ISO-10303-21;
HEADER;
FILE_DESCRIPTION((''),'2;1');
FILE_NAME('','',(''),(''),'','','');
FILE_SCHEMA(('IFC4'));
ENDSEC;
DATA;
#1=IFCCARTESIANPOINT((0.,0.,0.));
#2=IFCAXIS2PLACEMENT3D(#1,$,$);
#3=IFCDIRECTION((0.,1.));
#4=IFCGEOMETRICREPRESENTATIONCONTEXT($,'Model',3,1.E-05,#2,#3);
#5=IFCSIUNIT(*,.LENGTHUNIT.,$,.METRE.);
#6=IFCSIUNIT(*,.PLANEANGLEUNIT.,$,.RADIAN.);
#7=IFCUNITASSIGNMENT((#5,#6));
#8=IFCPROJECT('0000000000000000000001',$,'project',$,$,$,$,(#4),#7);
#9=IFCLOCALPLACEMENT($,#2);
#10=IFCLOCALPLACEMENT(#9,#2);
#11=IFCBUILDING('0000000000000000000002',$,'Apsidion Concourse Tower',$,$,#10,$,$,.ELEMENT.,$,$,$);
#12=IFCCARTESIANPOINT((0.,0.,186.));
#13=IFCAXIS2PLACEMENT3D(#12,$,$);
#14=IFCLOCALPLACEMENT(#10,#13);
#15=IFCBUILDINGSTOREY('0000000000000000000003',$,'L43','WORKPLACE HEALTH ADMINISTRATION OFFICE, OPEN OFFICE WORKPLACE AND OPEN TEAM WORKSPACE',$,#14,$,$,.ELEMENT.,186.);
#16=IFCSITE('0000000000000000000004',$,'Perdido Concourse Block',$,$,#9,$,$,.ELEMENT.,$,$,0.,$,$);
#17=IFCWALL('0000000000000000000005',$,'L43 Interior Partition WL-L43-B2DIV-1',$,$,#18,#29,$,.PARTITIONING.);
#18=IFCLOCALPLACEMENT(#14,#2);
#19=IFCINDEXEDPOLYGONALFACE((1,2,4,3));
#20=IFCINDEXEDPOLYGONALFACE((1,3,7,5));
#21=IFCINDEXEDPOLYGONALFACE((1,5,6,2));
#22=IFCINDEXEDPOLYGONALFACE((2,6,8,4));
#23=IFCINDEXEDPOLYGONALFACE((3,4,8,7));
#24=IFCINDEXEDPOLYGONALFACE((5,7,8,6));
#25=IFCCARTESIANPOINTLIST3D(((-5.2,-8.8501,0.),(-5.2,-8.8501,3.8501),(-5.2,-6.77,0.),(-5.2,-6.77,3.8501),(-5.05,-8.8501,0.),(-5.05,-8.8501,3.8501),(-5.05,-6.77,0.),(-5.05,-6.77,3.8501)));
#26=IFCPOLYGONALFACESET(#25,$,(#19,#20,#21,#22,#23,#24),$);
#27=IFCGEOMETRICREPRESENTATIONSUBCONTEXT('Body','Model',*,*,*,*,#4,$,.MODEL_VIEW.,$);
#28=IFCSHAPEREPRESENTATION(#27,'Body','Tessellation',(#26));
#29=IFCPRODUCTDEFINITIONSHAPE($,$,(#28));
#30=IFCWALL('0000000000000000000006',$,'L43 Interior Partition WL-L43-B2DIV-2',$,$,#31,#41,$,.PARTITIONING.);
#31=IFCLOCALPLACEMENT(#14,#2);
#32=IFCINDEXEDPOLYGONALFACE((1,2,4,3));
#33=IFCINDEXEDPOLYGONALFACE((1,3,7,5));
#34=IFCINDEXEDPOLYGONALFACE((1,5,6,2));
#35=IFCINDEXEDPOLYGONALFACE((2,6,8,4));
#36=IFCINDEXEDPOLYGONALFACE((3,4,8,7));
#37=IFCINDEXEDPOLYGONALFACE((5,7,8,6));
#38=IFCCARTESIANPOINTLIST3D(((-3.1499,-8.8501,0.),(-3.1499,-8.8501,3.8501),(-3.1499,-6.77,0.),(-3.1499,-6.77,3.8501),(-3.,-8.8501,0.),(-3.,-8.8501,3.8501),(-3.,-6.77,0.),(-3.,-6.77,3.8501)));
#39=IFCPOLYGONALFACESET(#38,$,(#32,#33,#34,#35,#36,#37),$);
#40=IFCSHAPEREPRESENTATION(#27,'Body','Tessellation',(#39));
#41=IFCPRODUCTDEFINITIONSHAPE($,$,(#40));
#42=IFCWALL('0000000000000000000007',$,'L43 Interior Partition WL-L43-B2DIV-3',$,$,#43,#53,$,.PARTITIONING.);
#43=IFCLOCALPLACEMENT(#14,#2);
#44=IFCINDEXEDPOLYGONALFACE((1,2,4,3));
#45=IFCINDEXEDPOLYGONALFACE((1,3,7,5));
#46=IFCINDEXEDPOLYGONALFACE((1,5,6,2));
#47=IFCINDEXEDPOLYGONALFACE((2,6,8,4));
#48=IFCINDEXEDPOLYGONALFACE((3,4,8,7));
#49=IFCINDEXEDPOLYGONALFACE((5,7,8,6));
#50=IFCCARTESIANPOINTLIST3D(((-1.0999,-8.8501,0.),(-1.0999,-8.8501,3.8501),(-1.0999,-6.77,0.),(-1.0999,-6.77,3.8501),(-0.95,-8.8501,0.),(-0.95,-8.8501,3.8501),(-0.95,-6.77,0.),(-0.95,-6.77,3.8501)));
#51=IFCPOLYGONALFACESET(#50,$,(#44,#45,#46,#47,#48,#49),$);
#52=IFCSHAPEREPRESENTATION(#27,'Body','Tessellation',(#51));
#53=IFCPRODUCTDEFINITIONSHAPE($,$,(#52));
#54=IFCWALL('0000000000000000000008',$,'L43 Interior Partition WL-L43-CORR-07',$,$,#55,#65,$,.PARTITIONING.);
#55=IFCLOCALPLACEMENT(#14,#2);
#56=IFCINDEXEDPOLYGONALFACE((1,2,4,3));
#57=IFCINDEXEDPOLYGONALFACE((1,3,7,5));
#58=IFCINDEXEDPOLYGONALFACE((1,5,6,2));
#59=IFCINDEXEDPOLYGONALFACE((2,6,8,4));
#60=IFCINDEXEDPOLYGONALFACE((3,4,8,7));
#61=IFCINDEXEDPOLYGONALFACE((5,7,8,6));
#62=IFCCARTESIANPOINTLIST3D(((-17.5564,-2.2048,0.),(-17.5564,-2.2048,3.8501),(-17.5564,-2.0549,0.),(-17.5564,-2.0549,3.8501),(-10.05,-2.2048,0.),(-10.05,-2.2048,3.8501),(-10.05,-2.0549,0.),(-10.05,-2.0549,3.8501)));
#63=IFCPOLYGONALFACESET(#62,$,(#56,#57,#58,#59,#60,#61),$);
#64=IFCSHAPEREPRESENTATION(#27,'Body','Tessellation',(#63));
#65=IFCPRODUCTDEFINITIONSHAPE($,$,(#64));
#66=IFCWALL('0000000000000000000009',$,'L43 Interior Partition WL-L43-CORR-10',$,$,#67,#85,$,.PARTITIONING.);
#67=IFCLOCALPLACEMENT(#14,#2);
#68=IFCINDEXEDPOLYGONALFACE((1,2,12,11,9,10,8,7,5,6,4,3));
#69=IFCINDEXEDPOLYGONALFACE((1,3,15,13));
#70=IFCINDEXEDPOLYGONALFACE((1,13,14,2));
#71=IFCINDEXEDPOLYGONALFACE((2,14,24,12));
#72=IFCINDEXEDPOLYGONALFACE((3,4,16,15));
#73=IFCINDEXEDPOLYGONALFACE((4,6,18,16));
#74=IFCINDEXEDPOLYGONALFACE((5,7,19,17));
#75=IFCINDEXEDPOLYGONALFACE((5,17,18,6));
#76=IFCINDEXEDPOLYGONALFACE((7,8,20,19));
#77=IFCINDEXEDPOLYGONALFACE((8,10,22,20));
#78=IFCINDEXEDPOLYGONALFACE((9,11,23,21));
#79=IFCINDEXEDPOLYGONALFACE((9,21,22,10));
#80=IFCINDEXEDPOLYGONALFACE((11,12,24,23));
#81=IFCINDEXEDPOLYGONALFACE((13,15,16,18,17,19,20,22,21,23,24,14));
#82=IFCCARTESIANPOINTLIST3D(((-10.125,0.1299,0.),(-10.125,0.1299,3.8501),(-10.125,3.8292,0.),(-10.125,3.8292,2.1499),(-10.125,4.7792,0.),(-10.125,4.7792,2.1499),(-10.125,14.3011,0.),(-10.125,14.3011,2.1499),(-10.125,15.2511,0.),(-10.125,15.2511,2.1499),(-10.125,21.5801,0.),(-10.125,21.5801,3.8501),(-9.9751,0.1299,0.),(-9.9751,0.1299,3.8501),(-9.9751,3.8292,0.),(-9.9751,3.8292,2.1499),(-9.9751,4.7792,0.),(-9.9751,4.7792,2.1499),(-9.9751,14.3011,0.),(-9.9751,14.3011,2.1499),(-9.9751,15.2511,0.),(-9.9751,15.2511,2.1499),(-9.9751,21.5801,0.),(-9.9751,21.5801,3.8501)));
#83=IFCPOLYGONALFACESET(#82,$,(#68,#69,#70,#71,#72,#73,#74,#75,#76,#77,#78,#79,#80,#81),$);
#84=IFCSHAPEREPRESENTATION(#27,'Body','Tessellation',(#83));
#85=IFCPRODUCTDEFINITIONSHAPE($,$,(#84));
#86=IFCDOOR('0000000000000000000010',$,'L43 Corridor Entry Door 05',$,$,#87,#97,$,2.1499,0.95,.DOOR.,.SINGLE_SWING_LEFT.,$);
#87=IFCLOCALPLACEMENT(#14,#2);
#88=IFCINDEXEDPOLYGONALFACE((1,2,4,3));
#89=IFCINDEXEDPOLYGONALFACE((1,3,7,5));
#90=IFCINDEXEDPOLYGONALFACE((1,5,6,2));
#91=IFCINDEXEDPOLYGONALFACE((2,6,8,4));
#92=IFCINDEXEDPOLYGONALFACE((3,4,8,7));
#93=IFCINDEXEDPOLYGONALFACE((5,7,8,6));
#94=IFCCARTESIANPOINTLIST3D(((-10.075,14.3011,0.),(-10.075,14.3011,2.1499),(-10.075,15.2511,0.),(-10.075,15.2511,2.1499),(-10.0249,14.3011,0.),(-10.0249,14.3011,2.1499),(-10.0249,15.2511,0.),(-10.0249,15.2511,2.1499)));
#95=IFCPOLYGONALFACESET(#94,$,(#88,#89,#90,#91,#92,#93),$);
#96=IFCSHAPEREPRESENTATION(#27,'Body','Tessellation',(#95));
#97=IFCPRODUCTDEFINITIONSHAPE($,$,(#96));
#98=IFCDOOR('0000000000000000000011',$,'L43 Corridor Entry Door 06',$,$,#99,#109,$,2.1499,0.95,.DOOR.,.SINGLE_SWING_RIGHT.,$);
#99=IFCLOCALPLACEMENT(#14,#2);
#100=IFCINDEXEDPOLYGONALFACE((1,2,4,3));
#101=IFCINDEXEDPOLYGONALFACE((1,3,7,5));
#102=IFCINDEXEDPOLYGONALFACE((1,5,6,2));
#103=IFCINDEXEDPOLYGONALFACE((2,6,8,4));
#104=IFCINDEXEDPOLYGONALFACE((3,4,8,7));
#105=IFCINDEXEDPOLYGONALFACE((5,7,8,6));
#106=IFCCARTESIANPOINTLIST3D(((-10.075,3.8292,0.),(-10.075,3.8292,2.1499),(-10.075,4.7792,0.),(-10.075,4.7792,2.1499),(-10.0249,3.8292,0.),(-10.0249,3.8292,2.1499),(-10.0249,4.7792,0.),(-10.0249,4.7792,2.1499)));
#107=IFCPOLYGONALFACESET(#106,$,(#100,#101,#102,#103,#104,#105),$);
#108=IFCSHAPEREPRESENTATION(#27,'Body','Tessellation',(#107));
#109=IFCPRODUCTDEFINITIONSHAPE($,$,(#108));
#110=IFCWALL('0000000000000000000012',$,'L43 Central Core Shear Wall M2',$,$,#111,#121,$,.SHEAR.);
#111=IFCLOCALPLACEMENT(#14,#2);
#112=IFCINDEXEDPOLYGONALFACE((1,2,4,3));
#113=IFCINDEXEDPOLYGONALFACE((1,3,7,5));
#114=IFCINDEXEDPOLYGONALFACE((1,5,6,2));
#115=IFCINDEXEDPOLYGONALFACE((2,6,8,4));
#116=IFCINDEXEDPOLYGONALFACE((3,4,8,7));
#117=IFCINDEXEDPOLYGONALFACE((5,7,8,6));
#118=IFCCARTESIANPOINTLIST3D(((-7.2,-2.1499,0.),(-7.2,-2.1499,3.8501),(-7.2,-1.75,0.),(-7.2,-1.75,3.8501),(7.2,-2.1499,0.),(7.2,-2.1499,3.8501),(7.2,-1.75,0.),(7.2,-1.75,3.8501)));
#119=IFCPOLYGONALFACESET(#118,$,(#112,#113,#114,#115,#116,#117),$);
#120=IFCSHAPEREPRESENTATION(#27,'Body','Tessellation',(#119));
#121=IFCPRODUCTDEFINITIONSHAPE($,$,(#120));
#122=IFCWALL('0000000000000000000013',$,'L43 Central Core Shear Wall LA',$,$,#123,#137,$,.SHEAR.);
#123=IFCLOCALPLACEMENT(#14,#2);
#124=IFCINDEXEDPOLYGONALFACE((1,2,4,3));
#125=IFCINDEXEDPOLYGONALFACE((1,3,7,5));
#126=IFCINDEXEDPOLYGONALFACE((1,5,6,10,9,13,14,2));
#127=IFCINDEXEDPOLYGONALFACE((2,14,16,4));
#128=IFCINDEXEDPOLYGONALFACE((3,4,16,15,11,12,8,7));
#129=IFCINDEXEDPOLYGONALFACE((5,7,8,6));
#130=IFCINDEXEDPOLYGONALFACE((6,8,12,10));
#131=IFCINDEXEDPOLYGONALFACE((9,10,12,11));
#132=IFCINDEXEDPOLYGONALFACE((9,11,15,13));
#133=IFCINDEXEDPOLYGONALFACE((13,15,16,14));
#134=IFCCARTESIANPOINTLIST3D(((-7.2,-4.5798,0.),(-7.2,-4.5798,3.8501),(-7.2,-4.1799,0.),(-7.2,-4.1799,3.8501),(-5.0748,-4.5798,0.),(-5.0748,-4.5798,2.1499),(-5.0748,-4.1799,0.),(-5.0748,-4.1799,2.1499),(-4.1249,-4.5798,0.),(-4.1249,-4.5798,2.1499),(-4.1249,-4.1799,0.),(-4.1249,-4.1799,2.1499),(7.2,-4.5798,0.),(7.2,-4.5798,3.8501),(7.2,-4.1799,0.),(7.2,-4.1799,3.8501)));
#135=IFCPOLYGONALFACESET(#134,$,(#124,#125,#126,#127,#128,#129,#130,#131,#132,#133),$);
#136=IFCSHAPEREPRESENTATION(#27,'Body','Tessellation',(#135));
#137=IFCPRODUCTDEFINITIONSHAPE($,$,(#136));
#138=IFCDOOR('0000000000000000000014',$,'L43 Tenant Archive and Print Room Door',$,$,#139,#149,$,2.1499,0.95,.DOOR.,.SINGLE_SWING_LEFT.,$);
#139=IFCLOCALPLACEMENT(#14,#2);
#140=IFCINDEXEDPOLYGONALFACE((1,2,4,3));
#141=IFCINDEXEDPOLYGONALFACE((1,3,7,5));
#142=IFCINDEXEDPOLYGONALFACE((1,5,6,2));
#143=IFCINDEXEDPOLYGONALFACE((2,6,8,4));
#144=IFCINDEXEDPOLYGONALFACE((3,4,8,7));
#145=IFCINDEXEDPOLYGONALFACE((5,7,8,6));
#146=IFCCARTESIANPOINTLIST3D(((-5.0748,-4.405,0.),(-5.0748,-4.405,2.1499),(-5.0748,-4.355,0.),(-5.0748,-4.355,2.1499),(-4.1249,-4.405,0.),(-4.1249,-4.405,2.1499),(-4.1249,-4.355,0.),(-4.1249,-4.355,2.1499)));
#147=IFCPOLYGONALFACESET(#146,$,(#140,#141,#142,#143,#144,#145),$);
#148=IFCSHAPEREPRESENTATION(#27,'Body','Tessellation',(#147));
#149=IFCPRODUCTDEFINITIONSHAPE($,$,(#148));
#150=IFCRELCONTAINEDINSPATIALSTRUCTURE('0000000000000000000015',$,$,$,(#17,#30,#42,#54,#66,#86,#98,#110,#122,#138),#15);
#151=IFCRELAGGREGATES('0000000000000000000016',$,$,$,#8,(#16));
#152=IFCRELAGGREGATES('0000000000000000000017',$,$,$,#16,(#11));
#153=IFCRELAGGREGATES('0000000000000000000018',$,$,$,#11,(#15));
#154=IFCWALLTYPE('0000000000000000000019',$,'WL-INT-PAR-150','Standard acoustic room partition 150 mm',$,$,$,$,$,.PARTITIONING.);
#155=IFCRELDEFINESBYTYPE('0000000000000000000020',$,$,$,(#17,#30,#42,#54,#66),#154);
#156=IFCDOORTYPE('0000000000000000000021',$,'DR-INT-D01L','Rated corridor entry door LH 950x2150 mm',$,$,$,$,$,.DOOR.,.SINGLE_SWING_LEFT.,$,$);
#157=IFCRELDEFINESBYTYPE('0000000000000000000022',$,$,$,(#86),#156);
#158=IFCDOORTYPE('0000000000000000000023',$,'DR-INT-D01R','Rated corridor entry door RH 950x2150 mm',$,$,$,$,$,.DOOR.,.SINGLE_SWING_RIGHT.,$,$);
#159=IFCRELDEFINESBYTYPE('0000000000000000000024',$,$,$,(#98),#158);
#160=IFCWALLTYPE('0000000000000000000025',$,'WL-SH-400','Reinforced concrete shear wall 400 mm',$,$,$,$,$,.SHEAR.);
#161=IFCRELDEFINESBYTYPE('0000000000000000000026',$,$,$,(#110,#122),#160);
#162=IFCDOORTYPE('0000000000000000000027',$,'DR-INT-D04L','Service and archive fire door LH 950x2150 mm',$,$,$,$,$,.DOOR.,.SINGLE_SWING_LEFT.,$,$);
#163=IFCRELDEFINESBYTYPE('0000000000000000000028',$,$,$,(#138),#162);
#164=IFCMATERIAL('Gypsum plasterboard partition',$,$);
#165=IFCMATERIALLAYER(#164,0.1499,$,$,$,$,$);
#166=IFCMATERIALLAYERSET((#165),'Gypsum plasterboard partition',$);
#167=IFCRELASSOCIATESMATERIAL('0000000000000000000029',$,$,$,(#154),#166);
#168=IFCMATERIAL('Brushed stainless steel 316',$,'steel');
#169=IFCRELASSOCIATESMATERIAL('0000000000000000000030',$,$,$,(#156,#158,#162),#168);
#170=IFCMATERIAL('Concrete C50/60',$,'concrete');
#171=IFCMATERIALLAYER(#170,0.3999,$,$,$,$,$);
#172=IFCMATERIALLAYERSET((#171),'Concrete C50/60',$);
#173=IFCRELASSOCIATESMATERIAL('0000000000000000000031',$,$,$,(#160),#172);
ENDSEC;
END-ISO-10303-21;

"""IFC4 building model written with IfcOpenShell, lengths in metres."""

from ifc_helpers import new_model, si_unit, direction, frame, frame_2d, origin, place, context, subcontext, project, spatial, rectangle, extrude, material, layer, layer_set, type_object, element, fill, save


model = new_model("IFC4")

# Units and contexts
model_context = context("Model", 3, precision=1e-05, world=origin(), true_north=direction((0.0, 1.0)))
body_context = subcontext(model_context, "Body", "Model", "MODEL_VIEW")
ifc_project = project(units=[si_unit("LENGTHUNIT", "METRE"), si_unit("PLANEANGLEUNIT", "RADIAN")], contexts=[model_context])

# Site, building, storey
site_placement = place(None, origin())
site = spatial("IfcSite", under=ifc_project, at=site_placement, Name="Perdido Concourse Block", CompositionType="ELEMENT", RefElevation=0.0)
building_placement = place(site_placement, origin())
building = spatial("IfcBuilding", under=site, at=building_placement, Name="Apsidion Concourse Tower", CompositionType="ELEMENT")
storey_placement = place(building_placement, frame((0.0, 0.0, 186.0)))
storey = spatial("IfcBuildingStorey", under=building, at=storey_placement, Name="L43", Description="WORKPLACE HEALTH ADMINISTRATION OFFICE, OPEN OFFICE WORKPLACE AND OPEN TEAM WORKSPACE", CompositionType="ELEMENT", Elevation=186.0)

# Walls
ifc_material_1 = material(Name="Gypsum plasterboard partition")
ifc_layer_1 = layer(ifc_material_1, 0.1499)
ifc_layer_set_1 = layer_set([ifc_layer_1], Name="Gypsum plasterboard partition")
wall_type_1 = type_object("IfcWallType", Name="WL-INT-PAR-150", Description="Standard acoustic room partition 150 mm", PredefinedType="PARTITIONING", material=ifc_layer_set_1)
for number, where, z_axis, x_axis, name in (
    (1, (-5.125, -8.8501, 0.0), (0.0, 0.0, 1.0), (0.0, 1.0, 0.0), "L43 Interior Partition WL-L43-B2DIV-1"),
    (2, (-3.075, -8.8501, 0.0), (0.0, 0.0, 1.0), (0.0, 1.0, 0.0), "L43 Interior Partition WL-L43-B2DIV-2"),
    (3, (-1.0249, -8.8501, 0.0), (0.0, 0.0, 1.0), (0.0, 1.0, 0.0), "L43 Interior Partition WL-L43-B2DIV-3"),
):
    element("IfcWall", number, at=place(storey_placement, frame(where, z_axis=z_axis, x_axis=x_axis)), inside=storey, type_object=wall_type_1, Name=name, PredefinedType="PARTITIONING", context=body_context, shape_type="SweptSolid", body=[
        extrude(rectangle(XDim=2.0801, YDim=0.1499, at=frame_2d((1.04, 0.0))), origin(), (0.0, 0.0, 1.0), 3.8501),
    ])
wall_1_placement = place(storey_placement, frame((-10.05, -2.1299, 0.0), z_axis=(0.0, 0.0, 1.0), x_axis=(-1.0, 0.0, 0.0)))
element("IfcWall", 4, at=wall_1_placement, inside=storey, type_object=wall_type_1, Name="L43 Interior Partition WL-L43-CORR-07", PredefinedType="PARTITIONING", context=body_context, shape_type="SweptSolid", body=[
    extrude(rectangle(XDim=7.5063, YDim=0.1499, at=frame_2d((3.7532, 0.0))), origin(), (0.0, 0.0, 1.0), 3.8501),
])

# Wall, openings, doors
wall_2_placement = place(storey_placement, frame((-10.05, 0.1299, 0.0), z_axis=(0.0, 0.0, 1.0), x_axis=(0.0, 1.0, 0.0)))
wall_2 = element("IfcWall", 5, at=wall_2_placement, inside=storey, type_object=wall_type_1, Name="L43 Interior Partition WL-L43-CORR-10", PredefinedType="PARTITIONING", context=body_context, shape_type="SweptSolid", body=[
    extrude(rectangle(XDim=21.4502, YDim=0.1499, at=frame_2d((10.7251, 0.0))), origin(), (0.0, 0.0, 1.0), 3.8501),
])
opening_1_placement = place(wall_2_placement, frame((14.1711, 0.0, 0.0)))
opening_1 = element("IfcOpeningElement", 6, at=opening_1_placement, cuts=wall_2, PredefinedType="OPENING", context=body_context, shape_type="SweptSolid", body=[
    extrude(rectangle(XDim=0.95, YDim=2.1499, at=frame_2d((0.4751, 1.075))), frame((0.0, 0.085, 0.0), z_axis=(0.0, -1.0, 0.0), x_axis=(1.0, 0.0, 0.0)), (0.0, 0.0, 1.0), 0.1699),
])
opening_2_placement = place(wall_2_placement, frame((3.6992, 0.0, 0.0)))
opening_2 = element("IfcOpeningElement", 7, at=opening_2_placement, cuts=wall_2, PredefinedType="OPENING", context=body_context, shape_type="SweptSolid", body=[
    extrude(rectangle(XDim=0.95, YDim=2.1499, at=frame_2d((0.4751, 1.075))), frame((0.0, 0.085, 0.0), z_axis=(0.0, -1.0, 0.0), x_axis=(1.0, 0.0, 0.0)), (0.0, 0.0, 1.0), 0.1699),
])
ifc_material_2 = material(Name="Brushed stainless steel 316", Category="steel")
door_type_1 = type_object("IfcDoorType", Name="DR-INT-D01L", Description="Rated corridor entry door LH 950x2150 mm", OperationType="SINGLE_SWING_LEFT", PredefinedType="DOOR", material=ifc_material_2)
door_1_placement = place(opening_1_placement, origin())
door_1 = element("IfcDoor", 8, at=door_1_placement, inside=storey, type_object=door_type_1, Name="L43 Corridor Entry Door 05", OperationType="SINGLE_SWING_LEFT", OverallHeight=2.1499, OverallWidth=0.95, PredefinedType="DOOR", context=body_context, shape_type="SweptSolid", body=[
    extrude(rectangle(XDim=0.95, YDim=2.1499, at=frame_2d((0.4751, 1.075))), frame((0.0, 0.0249, 0.0), z_axis=(0.0, -1.0, 0.0), x_axis=(1.0, 0.0, 0.0)), (0.0, 0.0, 1.0), 0.05),
])
fill(opening_1, door_1)
door_type_2 = type_object("IfcDoorType", Name="DR-INT-D01R", Description="Rated corridor entry door RH 950x2150 mm", OperationType="SINGLE_SWING_RIGHT", PredefinedType="DOOR", material=ifc_material_2)
door_2_placement = place(opening_2_placement, origin())
door_2 = element("IfcDoor", 9, at=door_2_placement, inside=storey, type_object=door_type_2, Name="L43 Corridor Entry Door 06", OperationType="SINGLE_SWING_RIGHT", OverallHeight=2.1499, OverallWidth=0.95, PredefinedType="DOOR", context=body_context, shape_type="SweptSolid", body=[
    extrude(rectangle(XDim=0.95, YDim=2.1499, at=frame_2d((0.4751, 1.075))), frame((0.0, 0.0249, 0.0), z_axis=(0.0, -1.0, 0.0), x_axis=(1.0, 0.0, 0.0)), (0.0, 0.0, 1.0), 0.05),
])
fill(opening_2, door_2)

# Wall
ifc_material_3 = material(Name="Concrete C50/60", Category="concrete")
ifc_layer_2 = layer(ifc_material_3, 0.3999)
ifc_layer_set_2 = layer_set([ifc_layer_2], Name="Concrete C50/60")
wall_type_2 = type_object("IfcWallType", Name="WL-SH-400", Description="Reinforced concrete shear wall 400 mm", PredefinedType="SHEAR", material=ifc_layer_set_2)
wall_3_placement = place(storey_placement, frame((-7.2, -1.95, 0.0), z_axis=(0.0, 0.0, 1.0), x_axis=(1.0, 0.0, 0.0)))
element("IfcWall", 10, at=wall_3_placement, inside=storey, type_object=wall_type_2, Name="L43 Central Core Shear Wall M2", PredefinedType="SHEAR", context=body_context, shape_type="SweptSolid", body=[
    extrude(rectangle(XDim=14.3999, YDim=0.3999, at=frame_2d((7.2, 0.0))), origin(), (0.0, 0.0, 1.0), 3.8501),
])

# Wall, opening, door
wall_4_placement = place(storey_placement, frame((-7.2, -4.3799, 0.0), z_axis=(0.0, 0.0, 1.0), x_axis=(1.0, 0.0, 0.0)))
wall_4 = element("IfcWall", 11, at=wall_4_placement, inside=storey, type_object=wall_type_2, Name="L43 Central Core Shear Wall LA", PredefinedType="SHEAR", context=body_context, shape_type="SweptSolid", body=[
    extrude(rectangle(XDim=14.3999, YDim=0.3999, at=frame_2d((7.2, 0.0))), origin(), (0.0, 0.0, 1.0), 3.8501),
])
opening_3_placement = place(wall_4_placement, frame((2.125, 0.0, 0.0)))
opening_3 = element("IfcOpeningElement", 12, at=opening_3_placement, cuts=wall_4, PredefinedType="OPENING", context=body_context, shape_type="SweptSolid", body=[
    extrude(rectangle(XDim=0.95, YDim=2.1499, at=frame_2d((0.4751, 1.075))), frame((0.0, 0.21, 0.0), z_axis=(0.0, -1.0, 0.0), x_axis=(1.0, 0.0, 0.0)), (0.0, 0.0, 1.0), 0.4199),
])
door_type_3 = type_object("IfcDoorType", Name="DR-INT-D04L", Description="Service and archive fire door LH 950x2150 mm", OperationType="SINGLE_SWING_LEFT", PredefinedType="DOOR", material=ifc_material_2)
door_3_placement = place(opening_3_placement, origin())
door_3 = element("IfcDoor", 13, at=door_3_placement, inside=storey, type_object=door_type_3, Name="L43 Tenant Archive and Print Room Door", OperationType="SINGLE_SWING_LEFT", OverallHeight=2.1499, OverallWidth=0.95, PredefinedType="DOOR", context=body_context, shape_type="SweptSolid", body=[
    extrude(rectangle(XDim=0.95, YDim=2.1499, at=frame_2d((0.4751, 1.075))), frame((0.0, 0.0249, 0.0), z_axis=(0.0, -1.0, 0.0), x_axis=(1.0, 0.0, 0.0)), (0.0, 0.0, 1.0), 0.05),
])
fill(opening_3, door_3)

save(model, "model.ifc")
